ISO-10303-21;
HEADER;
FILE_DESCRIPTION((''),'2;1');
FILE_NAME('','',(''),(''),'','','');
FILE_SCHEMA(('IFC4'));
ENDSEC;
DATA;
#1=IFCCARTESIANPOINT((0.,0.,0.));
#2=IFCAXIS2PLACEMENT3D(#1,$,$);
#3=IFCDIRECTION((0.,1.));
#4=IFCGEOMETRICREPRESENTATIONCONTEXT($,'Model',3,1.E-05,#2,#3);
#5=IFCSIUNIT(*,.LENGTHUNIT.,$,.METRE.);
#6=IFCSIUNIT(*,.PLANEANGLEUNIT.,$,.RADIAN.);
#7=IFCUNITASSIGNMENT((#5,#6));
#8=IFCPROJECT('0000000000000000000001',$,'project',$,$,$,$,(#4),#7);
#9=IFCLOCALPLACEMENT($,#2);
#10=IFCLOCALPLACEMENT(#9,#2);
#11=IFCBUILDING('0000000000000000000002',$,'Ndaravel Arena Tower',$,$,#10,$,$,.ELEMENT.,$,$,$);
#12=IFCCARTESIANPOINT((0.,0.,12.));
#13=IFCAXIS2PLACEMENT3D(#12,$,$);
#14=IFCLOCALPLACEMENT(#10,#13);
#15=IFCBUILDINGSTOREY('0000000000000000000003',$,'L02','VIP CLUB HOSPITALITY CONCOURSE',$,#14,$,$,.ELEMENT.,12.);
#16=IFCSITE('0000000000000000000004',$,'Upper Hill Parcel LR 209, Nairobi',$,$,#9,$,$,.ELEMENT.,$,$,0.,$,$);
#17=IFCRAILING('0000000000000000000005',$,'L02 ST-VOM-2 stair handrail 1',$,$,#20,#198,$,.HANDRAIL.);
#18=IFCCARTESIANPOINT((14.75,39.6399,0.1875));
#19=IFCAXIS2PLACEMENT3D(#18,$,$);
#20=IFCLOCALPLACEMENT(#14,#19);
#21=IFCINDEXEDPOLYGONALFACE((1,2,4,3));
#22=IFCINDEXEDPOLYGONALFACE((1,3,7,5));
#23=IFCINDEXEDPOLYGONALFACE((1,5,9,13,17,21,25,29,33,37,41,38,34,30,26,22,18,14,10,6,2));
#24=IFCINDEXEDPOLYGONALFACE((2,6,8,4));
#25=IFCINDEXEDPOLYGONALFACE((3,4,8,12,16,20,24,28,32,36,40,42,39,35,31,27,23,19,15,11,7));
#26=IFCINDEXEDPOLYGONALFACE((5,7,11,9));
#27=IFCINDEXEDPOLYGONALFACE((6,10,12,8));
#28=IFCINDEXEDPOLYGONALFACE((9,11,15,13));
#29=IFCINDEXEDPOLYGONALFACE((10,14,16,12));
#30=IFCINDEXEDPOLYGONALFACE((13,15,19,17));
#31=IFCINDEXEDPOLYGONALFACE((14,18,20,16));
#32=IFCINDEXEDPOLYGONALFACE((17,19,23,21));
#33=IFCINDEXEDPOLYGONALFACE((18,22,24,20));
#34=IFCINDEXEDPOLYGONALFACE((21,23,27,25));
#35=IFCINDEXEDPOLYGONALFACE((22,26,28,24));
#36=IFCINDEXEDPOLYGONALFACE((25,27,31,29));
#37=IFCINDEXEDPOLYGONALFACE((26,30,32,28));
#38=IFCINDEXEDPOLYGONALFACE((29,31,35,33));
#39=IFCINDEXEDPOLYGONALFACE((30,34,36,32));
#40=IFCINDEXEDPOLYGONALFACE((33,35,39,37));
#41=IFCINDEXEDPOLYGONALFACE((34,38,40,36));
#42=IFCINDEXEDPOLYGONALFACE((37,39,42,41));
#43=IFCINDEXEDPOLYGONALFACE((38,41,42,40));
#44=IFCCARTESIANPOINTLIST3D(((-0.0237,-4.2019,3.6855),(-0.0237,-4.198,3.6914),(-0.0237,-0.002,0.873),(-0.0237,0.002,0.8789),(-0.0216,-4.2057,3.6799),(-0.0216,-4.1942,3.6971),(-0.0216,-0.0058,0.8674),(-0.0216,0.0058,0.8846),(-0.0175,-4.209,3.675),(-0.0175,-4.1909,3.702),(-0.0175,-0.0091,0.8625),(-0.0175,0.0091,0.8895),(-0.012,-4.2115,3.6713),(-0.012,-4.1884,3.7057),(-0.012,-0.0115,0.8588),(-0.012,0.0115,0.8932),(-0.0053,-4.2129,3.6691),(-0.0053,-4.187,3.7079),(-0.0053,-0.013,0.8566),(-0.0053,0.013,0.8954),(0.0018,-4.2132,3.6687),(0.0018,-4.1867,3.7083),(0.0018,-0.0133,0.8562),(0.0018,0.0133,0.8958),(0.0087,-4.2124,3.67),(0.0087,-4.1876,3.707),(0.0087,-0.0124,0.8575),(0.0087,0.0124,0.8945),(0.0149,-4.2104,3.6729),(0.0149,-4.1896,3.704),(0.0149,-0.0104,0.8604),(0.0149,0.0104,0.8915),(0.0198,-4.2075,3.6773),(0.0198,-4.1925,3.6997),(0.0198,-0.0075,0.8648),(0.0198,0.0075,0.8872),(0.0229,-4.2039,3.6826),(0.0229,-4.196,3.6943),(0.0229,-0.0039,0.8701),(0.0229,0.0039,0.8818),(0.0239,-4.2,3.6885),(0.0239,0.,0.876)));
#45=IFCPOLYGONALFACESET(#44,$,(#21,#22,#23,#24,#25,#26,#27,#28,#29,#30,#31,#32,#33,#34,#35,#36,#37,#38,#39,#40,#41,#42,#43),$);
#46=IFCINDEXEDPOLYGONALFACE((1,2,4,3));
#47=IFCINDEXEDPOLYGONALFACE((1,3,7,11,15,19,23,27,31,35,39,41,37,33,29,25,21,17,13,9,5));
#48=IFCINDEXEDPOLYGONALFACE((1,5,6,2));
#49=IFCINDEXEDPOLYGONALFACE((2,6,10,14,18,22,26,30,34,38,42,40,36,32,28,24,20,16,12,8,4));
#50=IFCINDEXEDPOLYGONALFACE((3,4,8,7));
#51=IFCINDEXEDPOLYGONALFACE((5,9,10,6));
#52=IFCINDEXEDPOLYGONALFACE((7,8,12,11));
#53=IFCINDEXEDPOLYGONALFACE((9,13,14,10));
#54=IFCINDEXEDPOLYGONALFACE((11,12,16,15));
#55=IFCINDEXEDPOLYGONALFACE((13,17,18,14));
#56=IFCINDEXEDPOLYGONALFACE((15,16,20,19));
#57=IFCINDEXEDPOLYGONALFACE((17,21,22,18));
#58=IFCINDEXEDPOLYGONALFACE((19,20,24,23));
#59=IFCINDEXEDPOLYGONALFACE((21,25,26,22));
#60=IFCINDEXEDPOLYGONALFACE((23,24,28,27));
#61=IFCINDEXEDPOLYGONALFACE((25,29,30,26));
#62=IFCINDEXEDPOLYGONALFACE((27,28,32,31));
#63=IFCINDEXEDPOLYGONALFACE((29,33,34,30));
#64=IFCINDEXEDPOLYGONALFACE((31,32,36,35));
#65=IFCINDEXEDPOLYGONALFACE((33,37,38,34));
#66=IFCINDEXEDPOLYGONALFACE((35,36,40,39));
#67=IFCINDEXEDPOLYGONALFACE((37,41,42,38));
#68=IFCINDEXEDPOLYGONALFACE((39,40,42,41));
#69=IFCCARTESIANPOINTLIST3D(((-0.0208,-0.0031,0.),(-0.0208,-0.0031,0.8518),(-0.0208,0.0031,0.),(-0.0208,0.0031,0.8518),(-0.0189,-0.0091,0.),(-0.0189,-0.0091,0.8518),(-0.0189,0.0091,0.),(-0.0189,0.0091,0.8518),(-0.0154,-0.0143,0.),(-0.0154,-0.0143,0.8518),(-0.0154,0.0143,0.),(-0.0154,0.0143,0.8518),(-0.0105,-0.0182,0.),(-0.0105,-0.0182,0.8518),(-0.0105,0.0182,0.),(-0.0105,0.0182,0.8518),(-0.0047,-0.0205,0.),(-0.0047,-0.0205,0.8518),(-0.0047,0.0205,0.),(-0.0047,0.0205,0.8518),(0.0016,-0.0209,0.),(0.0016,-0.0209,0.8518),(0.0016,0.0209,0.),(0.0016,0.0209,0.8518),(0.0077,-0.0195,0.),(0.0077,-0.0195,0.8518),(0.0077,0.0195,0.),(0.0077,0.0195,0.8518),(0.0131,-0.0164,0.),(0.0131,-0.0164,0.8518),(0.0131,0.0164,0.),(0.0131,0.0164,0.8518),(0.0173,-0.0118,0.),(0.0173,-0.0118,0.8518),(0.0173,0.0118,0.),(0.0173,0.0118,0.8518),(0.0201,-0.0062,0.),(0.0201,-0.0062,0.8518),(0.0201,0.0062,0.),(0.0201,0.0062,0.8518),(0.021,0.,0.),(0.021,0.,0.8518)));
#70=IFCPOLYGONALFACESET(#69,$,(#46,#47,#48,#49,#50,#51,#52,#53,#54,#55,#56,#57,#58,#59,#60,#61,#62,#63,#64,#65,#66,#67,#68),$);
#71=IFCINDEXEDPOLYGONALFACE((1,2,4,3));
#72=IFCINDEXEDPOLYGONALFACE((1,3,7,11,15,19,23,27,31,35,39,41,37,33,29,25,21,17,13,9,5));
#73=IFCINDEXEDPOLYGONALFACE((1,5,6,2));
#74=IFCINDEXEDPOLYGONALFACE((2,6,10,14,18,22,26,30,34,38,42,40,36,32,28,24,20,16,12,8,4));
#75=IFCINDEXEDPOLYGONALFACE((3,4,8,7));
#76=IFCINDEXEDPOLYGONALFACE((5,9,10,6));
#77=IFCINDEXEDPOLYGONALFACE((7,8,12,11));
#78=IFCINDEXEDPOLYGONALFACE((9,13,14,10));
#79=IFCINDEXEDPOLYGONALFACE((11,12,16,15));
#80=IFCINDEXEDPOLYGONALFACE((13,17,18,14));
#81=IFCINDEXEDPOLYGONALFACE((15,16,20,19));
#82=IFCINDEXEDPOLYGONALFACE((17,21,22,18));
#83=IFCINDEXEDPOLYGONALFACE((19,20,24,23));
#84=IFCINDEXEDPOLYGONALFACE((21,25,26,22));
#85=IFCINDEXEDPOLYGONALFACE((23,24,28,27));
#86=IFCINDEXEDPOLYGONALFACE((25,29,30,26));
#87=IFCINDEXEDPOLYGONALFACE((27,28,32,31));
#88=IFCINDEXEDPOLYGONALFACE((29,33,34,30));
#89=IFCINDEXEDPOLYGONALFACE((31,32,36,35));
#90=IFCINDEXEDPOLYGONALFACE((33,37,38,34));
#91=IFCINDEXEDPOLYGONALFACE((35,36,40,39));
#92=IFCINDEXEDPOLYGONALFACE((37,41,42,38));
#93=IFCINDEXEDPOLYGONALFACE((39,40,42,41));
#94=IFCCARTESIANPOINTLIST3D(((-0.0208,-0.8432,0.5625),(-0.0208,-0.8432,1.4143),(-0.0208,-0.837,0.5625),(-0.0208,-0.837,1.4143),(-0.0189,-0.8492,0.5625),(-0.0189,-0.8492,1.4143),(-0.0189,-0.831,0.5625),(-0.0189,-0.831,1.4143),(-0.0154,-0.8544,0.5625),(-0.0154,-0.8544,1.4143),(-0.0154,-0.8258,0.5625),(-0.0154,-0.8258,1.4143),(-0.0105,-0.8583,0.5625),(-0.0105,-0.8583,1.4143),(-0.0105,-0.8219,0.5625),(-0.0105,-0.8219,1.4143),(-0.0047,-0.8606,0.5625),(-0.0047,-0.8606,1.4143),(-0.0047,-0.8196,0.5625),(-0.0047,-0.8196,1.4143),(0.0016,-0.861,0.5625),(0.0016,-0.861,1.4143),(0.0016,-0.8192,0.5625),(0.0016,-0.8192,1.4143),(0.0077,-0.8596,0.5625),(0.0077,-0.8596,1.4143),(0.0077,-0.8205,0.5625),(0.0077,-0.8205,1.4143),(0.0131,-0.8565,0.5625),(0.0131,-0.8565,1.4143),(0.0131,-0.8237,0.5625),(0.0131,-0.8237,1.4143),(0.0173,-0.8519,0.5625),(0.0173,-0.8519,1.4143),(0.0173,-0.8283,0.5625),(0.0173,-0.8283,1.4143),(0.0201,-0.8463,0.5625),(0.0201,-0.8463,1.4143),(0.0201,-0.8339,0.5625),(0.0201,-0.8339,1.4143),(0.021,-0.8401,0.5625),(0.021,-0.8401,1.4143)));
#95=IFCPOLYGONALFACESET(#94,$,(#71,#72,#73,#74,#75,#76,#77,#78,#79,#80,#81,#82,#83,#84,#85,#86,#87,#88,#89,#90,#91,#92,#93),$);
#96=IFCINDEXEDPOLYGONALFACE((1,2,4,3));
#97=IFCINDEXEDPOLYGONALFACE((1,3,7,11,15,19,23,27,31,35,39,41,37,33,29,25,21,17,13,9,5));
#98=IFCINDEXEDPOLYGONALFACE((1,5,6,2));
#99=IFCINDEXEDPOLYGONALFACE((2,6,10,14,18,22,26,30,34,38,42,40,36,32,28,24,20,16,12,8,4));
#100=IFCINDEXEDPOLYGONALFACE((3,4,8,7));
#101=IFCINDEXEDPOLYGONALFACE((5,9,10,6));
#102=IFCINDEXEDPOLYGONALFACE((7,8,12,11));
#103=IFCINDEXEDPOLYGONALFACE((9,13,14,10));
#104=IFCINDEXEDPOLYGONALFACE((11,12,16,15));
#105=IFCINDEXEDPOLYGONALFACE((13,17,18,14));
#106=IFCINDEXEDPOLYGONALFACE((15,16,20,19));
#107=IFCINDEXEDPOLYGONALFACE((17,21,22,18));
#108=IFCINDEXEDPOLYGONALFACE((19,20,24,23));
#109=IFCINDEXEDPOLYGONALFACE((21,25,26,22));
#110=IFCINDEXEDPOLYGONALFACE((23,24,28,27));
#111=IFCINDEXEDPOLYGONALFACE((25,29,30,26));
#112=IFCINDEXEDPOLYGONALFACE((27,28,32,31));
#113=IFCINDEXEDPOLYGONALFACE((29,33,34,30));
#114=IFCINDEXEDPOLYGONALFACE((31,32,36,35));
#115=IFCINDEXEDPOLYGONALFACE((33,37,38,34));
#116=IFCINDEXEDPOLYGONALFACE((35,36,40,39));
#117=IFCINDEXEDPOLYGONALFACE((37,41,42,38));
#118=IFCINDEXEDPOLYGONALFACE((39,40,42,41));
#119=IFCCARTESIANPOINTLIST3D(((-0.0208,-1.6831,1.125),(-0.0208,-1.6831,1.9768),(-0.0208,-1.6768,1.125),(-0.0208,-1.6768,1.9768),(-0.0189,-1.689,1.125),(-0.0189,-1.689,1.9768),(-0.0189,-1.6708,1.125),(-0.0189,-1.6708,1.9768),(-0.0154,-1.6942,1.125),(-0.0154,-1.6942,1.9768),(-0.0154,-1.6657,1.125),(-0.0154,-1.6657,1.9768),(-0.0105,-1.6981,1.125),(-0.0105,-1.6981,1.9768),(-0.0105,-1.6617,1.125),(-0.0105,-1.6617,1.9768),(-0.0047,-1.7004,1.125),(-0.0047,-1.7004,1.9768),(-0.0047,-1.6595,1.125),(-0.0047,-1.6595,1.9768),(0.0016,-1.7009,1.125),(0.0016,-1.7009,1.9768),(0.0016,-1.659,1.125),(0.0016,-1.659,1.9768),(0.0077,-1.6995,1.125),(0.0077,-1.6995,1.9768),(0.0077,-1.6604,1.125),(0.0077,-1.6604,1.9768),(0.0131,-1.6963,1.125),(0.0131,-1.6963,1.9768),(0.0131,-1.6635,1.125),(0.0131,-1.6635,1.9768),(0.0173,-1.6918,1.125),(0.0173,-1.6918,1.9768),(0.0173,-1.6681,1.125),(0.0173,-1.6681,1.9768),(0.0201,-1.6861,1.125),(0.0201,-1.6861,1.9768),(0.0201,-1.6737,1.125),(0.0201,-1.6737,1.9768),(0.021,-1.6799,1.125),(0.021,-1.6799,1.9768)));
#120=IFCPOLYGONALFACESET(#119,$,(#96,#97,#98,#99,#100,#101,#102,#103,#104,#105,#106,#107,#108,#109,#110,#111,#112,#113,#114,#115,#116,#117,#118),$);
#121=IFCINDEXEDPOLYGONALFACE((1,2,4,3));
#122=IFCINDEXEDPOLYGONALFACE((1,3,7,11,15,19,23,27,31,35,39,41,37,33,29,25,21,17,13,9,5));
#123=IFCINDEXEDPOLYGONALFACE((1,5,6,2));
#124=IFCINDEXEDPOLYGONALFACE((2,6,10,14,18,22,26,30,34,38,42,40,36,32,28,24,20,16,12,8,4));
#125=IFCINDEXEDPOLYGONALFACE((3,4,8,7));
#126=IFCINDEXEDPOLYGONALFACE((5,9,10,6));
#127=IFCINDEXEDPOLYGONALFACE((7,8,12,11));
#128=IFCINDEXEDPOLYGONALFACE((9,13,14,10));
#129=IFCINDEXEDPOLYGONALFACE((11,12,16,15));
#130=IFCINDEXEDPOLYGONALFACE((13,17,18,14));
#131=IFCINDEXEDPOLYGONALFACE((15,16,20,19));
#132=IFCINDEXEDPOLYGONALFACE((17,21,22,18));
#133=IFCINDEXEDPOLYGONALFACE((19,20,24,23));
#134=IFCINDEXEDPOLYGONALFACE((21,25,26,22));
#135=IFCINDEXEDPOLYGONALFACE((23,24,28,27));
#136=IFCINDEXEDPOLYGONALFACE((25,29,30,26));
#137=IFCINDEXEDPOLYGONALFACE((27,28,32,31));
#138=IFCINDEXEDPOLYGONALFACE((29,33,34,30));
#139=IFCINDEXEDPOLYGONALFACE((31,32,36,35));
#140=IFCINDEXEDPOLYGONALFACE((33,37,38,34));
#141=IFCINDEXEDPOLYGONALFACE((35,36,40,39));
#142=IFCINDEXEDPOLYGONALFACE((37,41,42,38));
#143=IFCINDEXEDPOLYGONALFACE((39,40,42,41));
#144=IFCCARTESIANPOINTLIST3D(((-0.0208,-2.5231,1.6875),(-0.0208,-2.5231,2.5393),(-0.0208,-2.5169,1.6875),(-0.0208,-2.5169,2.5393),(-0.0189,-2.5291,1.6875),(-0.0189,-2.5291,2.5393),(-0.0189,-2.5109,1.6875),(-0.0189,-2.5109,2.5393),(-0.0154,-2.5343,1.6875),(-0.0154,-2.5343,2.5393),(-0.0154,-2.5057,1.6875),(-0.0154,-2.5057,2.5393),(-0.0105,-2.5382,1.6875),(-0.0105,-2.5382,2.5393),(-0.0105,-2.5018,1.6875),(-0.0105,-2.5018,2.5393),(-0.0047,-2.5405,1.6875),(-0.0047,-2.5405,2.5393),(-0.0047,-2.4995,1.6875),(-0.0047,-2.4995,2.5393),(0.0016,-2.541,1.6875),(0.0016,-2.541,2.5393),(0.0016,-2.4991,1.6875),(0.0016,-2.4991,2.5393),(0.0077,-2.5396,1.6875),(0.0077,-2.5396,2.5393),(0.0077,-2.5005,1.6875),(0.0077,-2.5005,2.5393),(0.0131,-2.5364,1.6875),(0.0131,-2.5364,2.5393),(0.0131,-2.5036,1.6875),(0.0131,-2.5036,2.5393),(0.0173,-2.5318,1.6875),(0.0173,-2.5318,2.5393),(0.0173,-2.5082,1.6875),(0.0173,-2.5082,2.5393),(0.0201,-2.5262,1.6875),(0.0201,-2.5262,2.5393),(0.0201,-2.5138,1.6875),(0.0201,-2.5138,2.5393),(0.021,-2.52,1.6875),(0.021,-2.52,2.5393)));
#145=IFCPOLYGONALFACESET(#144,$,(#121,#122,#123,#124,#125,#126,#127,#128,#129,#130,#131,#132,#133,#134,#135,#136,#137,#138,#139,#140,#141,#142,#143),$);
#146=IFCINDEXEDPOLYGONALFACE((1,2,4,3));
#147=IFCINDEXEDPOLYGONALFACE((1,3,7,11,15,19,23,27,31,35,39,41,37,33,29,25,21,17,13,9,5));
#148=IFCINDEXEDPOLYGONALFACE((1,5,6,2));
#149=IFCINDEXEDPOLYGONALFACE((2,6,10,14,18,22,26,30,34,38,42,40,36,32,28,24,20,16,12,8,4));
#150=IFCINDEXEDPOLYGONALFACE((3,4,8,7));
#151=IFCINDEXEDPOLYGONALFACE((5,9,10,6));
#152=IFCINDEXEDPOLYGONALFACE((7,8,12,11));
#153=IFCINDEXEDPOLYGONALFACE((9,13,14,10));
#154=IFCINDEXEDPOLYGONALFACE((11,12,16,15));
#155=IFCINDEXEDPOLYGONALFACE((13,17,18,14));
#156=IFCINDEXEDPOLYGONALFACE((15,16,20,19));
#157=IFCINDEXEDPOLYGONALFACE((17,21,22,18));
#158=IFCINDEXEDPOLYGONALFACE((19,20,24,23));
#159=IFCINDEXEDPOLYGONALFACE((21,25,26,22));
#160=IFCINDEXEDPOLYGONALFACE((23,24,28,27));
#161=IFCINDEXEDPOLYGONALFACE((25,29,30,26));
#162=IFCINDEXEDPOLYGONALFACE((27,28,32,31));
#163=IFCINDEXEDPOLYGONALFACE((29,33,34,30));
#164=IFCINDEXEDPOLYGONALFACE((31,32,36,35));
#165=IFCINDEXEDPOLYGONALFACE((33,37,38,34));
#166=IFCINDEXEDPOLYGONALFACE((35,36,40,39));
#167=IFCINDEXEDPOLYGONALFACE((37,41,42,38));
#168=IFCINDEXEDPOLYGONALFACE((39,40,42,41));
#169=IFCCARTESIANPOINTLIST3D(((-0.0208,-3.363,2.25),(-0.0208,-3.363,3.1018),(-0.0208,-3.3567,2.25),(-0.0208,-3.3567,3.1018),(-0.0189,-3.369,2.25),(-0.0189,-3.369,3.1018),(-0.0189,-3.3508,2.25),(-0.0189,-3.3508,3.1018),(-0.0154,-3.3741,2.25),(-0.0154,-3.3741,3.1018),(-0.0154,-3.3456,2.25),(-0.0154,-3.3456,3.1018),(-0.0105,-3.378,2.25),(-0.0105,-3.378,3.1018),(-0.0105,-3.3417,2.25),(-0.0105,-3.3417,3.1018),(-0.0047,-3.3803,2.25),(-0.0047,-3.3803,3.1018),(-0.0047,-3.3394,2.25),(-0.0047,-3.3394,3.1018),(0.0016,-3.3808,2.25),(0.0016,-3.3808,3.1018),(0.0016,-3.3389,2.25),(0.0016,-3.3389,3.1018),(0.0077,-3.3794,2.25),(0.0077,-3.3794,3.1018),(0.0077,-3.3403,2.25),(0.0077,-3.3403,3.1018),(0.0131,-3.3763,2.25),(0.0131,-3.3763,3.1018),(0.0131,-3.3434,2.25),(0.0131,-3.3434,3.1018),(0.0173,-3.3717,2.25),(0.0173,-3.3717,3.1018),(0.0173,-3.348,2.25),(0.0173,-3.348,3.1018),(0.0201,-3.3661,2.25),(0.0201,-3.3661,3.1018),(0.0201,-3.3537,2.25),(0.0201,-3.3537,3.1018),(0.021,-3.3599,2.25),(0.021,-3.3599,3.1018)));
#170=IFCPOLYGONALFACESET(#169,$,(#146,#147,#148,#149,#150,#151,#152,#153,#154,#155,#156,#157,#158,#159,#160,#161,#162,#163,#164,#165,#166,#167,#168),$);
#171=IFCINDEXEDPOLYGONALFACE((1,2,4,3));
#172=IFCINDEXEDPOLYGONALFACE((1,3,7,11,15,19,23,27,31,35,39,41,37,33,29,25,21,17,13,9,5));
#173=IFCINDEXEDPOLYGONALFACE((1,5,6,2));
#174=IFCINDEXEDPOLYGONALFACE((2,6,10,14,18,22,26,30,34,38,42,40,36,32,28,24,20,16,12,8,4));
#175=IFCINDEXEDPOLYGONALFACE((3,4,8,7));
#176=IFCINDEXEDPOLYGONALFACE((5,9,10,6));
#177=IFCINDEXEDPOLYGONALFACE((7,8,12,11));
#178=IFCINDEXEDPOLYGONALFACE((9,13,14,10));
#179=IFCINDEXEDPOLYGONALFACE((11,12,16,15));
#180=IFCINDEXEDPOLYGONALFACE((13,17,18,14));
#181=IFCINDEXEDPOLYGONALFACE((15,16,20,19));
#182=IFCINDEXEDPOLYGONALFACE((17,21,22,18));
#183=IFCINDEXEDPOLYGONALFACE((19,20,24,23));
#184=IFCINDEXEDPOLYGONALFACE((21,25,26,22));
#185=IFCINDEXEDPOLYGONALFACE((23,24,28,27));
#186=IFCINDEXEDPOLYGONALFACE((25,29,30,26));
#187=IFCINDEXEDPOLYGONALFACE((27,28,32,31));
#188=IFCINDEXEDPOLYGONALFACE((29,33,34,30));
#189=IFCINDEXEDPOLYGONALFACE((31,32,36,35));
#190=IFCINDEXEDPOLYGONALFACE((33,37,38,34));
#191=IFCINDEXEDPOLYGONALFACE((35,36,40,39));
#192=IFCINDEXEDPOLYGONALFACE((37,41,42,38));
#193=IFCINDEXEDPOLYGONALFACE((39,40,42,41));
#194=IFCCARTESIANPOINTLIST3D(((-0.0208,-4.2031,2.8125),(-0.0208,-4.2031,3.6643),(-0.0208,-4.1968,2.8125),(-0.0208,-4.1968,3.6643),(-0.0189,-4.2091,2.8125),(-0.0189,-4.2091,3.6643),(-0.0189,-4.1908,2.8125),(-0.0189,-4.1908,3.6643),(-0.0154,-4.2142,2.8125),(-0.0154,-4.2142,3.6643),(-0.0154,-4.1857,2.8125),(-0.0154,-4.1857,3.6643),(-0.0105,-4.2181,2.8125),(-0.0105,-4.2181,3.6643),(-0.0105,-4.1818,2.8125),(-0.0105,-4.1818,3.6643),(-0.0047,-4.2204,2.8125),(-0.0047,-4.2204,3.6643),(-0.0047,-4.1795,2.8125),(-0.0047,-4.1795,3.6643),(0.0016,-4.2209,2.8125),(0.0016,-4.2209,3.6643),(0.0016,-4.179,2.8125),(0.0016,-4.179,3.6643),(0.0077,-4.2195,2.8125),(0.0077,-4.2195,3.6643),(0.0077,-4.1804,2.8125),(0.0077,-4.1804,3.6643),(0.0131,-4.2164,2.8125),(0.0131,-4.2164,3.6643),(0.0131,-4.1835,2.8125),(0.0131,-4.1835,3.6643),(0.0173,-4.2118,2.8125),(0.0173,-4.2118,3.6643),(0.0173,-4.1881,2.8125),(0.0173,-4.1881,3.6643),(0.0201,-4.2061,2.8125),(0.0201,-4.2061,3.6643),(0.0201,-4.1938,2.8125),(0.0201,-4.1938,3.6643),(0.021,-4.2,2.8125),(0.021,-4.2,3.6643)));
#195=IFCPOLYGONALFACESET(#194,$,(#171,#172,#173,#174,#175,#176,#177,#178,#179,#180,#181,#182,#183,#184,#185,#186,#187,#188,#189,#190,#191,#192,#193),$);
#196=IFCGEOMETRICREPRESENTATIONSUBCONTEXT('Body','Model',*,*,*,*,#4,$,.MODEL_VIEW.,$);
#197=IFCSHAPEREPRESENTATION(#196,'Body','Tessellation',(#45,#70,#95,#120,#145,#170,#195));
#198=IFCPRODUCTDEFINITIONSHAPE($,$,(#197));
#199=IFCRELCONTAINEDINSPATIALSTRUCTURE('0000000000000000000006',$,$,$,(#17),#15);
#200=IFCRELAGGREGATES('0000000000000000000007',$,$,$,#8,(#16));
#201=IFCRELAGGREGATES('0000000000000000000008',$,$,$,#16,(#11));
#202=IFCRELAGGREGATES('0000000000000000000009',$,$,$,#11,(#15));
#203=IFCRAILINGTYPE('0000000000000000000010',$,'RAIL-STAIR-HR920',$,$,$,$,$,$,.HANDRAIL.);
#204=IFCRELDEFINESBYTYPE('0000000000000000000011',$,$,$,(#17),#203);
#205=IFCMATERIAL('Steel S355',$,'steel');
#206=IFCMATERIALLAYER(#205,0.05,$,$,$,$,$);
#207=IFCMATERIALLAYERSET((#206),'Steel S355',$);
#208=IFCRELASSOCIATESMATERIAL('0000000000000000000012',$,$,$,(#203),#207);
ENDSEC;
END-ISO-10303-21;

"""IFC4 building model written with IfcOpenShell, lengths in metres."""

from ifc_helpers import new_model, si_unit, direction, frame, origin, origin_2d, place, context, subcontext, project, spatial, circle, extrude, material, layer, layer_set, type_object, element, save


model = new_model("IFC4")

# Units and contexts
model_context = context("Model", 3, precision=1e-05, world=origin(), true_north=direction((0.0, 1.0)))
body_context = subcontext(model_context, "Body", "Model", "MODEL_VIEW")
ifc_project = project(units=[si_unit("LENGTHUNIT", "METRE"), si_unit("PLANEANGLEUNIT", "RADIAN")], contexts=[model_context])

# Site, building, storey
site_placement = place(None, origin())
site = spatial("IfcSite", under=ifc_project, at=site_placement, Name="Upper Hill Parcel LR 209, Nairobi", CompositionType="ELEMENT", RefElevation=0.0)
building_placement = place(site_placement, origin())
building = spatial("IfcBuilding", under=site, at=building_placement, Name="Ndaravel Arena Tower", CompositionType="ELEMENT")
storey_placement = place(building_placement, frame((0.0, 0.0, 12.0)))
storey = spatial("IfcBuildingStorey", under=building, at=storey_placement, Name="L02", Description="VIP CLUB HOSPITALITY CONCOURSE", CompositionType="ELEMENT", Elevation=12.0)

# Railing
ifc_material_1 = material(Name="Steel S355", Category="steel")
ifc_layer_1 = layer(ifc_material_1, 0.05)
ifc_layer_set_1 = layer_set([ifc_layer_1], Name="Steel S355")
railing_type_1 = type_object("IfcRailingType", Name="RAIL-STAIR-HR920", PredefinedType="HANDRAIL", material=ifc_layer_set_1)
railing_1_placement = place(storey_placement, frame((14.75, 39.6399, 0.1875)))
element("IfcRailing", 1, at=railing_1_placement, inside=storey, type_object=railing_type_1, Name="L02 ST-VOM-2 stair handrail 1", PredefinedType="HANDRAIL", context=body_context, shape_type="SweptSolid", body=[
    extrude(circle(Radius=0.0239, at=origin_2d()), frame((0.0, 0.0, 0.876), z_axis=(0.0, -0.830904, 0.556416), x_axis=(1.0, 0.0, 0.0)), (0.0, 0.0, 1.0), 5.0547),
    extrude(circle(Radius=0.021, at=origin_2d()), origin(), (0.0, 0.0, 1.0), 0.8518),
    extrude(circle(Radius=0.021, at=origin_2d()), frame((0.0, -0.8401, 0.5625)), (0.0, 0.0, 1.0), 0.8518),
    extrude(circle(Radius=0.021, at=origin_2d()), frame((0.0, -1.6799, 1.125)), (0.0, 0.0, 1.0), 0.8518),
    extrude(circle(Radius=0.021, at=origin_2d()), frame((0.0, -2.52, 1.6875)), (0.0, 0.0, 1.0), 0.8518),
    extrude(circle(Radius=0.021, at=origin_2d()), frame((0.0, -3.3599, 2.25)), (0.0, 0.0, 1.0), 0.8518),
    extrude(circle(Radius=0.021, at=origin_2d()), frame((0.0, -4.2, 2.8125)), (0.0, 0.0, 1.0), 0.8518),
])

save(model, "model.ifc")
